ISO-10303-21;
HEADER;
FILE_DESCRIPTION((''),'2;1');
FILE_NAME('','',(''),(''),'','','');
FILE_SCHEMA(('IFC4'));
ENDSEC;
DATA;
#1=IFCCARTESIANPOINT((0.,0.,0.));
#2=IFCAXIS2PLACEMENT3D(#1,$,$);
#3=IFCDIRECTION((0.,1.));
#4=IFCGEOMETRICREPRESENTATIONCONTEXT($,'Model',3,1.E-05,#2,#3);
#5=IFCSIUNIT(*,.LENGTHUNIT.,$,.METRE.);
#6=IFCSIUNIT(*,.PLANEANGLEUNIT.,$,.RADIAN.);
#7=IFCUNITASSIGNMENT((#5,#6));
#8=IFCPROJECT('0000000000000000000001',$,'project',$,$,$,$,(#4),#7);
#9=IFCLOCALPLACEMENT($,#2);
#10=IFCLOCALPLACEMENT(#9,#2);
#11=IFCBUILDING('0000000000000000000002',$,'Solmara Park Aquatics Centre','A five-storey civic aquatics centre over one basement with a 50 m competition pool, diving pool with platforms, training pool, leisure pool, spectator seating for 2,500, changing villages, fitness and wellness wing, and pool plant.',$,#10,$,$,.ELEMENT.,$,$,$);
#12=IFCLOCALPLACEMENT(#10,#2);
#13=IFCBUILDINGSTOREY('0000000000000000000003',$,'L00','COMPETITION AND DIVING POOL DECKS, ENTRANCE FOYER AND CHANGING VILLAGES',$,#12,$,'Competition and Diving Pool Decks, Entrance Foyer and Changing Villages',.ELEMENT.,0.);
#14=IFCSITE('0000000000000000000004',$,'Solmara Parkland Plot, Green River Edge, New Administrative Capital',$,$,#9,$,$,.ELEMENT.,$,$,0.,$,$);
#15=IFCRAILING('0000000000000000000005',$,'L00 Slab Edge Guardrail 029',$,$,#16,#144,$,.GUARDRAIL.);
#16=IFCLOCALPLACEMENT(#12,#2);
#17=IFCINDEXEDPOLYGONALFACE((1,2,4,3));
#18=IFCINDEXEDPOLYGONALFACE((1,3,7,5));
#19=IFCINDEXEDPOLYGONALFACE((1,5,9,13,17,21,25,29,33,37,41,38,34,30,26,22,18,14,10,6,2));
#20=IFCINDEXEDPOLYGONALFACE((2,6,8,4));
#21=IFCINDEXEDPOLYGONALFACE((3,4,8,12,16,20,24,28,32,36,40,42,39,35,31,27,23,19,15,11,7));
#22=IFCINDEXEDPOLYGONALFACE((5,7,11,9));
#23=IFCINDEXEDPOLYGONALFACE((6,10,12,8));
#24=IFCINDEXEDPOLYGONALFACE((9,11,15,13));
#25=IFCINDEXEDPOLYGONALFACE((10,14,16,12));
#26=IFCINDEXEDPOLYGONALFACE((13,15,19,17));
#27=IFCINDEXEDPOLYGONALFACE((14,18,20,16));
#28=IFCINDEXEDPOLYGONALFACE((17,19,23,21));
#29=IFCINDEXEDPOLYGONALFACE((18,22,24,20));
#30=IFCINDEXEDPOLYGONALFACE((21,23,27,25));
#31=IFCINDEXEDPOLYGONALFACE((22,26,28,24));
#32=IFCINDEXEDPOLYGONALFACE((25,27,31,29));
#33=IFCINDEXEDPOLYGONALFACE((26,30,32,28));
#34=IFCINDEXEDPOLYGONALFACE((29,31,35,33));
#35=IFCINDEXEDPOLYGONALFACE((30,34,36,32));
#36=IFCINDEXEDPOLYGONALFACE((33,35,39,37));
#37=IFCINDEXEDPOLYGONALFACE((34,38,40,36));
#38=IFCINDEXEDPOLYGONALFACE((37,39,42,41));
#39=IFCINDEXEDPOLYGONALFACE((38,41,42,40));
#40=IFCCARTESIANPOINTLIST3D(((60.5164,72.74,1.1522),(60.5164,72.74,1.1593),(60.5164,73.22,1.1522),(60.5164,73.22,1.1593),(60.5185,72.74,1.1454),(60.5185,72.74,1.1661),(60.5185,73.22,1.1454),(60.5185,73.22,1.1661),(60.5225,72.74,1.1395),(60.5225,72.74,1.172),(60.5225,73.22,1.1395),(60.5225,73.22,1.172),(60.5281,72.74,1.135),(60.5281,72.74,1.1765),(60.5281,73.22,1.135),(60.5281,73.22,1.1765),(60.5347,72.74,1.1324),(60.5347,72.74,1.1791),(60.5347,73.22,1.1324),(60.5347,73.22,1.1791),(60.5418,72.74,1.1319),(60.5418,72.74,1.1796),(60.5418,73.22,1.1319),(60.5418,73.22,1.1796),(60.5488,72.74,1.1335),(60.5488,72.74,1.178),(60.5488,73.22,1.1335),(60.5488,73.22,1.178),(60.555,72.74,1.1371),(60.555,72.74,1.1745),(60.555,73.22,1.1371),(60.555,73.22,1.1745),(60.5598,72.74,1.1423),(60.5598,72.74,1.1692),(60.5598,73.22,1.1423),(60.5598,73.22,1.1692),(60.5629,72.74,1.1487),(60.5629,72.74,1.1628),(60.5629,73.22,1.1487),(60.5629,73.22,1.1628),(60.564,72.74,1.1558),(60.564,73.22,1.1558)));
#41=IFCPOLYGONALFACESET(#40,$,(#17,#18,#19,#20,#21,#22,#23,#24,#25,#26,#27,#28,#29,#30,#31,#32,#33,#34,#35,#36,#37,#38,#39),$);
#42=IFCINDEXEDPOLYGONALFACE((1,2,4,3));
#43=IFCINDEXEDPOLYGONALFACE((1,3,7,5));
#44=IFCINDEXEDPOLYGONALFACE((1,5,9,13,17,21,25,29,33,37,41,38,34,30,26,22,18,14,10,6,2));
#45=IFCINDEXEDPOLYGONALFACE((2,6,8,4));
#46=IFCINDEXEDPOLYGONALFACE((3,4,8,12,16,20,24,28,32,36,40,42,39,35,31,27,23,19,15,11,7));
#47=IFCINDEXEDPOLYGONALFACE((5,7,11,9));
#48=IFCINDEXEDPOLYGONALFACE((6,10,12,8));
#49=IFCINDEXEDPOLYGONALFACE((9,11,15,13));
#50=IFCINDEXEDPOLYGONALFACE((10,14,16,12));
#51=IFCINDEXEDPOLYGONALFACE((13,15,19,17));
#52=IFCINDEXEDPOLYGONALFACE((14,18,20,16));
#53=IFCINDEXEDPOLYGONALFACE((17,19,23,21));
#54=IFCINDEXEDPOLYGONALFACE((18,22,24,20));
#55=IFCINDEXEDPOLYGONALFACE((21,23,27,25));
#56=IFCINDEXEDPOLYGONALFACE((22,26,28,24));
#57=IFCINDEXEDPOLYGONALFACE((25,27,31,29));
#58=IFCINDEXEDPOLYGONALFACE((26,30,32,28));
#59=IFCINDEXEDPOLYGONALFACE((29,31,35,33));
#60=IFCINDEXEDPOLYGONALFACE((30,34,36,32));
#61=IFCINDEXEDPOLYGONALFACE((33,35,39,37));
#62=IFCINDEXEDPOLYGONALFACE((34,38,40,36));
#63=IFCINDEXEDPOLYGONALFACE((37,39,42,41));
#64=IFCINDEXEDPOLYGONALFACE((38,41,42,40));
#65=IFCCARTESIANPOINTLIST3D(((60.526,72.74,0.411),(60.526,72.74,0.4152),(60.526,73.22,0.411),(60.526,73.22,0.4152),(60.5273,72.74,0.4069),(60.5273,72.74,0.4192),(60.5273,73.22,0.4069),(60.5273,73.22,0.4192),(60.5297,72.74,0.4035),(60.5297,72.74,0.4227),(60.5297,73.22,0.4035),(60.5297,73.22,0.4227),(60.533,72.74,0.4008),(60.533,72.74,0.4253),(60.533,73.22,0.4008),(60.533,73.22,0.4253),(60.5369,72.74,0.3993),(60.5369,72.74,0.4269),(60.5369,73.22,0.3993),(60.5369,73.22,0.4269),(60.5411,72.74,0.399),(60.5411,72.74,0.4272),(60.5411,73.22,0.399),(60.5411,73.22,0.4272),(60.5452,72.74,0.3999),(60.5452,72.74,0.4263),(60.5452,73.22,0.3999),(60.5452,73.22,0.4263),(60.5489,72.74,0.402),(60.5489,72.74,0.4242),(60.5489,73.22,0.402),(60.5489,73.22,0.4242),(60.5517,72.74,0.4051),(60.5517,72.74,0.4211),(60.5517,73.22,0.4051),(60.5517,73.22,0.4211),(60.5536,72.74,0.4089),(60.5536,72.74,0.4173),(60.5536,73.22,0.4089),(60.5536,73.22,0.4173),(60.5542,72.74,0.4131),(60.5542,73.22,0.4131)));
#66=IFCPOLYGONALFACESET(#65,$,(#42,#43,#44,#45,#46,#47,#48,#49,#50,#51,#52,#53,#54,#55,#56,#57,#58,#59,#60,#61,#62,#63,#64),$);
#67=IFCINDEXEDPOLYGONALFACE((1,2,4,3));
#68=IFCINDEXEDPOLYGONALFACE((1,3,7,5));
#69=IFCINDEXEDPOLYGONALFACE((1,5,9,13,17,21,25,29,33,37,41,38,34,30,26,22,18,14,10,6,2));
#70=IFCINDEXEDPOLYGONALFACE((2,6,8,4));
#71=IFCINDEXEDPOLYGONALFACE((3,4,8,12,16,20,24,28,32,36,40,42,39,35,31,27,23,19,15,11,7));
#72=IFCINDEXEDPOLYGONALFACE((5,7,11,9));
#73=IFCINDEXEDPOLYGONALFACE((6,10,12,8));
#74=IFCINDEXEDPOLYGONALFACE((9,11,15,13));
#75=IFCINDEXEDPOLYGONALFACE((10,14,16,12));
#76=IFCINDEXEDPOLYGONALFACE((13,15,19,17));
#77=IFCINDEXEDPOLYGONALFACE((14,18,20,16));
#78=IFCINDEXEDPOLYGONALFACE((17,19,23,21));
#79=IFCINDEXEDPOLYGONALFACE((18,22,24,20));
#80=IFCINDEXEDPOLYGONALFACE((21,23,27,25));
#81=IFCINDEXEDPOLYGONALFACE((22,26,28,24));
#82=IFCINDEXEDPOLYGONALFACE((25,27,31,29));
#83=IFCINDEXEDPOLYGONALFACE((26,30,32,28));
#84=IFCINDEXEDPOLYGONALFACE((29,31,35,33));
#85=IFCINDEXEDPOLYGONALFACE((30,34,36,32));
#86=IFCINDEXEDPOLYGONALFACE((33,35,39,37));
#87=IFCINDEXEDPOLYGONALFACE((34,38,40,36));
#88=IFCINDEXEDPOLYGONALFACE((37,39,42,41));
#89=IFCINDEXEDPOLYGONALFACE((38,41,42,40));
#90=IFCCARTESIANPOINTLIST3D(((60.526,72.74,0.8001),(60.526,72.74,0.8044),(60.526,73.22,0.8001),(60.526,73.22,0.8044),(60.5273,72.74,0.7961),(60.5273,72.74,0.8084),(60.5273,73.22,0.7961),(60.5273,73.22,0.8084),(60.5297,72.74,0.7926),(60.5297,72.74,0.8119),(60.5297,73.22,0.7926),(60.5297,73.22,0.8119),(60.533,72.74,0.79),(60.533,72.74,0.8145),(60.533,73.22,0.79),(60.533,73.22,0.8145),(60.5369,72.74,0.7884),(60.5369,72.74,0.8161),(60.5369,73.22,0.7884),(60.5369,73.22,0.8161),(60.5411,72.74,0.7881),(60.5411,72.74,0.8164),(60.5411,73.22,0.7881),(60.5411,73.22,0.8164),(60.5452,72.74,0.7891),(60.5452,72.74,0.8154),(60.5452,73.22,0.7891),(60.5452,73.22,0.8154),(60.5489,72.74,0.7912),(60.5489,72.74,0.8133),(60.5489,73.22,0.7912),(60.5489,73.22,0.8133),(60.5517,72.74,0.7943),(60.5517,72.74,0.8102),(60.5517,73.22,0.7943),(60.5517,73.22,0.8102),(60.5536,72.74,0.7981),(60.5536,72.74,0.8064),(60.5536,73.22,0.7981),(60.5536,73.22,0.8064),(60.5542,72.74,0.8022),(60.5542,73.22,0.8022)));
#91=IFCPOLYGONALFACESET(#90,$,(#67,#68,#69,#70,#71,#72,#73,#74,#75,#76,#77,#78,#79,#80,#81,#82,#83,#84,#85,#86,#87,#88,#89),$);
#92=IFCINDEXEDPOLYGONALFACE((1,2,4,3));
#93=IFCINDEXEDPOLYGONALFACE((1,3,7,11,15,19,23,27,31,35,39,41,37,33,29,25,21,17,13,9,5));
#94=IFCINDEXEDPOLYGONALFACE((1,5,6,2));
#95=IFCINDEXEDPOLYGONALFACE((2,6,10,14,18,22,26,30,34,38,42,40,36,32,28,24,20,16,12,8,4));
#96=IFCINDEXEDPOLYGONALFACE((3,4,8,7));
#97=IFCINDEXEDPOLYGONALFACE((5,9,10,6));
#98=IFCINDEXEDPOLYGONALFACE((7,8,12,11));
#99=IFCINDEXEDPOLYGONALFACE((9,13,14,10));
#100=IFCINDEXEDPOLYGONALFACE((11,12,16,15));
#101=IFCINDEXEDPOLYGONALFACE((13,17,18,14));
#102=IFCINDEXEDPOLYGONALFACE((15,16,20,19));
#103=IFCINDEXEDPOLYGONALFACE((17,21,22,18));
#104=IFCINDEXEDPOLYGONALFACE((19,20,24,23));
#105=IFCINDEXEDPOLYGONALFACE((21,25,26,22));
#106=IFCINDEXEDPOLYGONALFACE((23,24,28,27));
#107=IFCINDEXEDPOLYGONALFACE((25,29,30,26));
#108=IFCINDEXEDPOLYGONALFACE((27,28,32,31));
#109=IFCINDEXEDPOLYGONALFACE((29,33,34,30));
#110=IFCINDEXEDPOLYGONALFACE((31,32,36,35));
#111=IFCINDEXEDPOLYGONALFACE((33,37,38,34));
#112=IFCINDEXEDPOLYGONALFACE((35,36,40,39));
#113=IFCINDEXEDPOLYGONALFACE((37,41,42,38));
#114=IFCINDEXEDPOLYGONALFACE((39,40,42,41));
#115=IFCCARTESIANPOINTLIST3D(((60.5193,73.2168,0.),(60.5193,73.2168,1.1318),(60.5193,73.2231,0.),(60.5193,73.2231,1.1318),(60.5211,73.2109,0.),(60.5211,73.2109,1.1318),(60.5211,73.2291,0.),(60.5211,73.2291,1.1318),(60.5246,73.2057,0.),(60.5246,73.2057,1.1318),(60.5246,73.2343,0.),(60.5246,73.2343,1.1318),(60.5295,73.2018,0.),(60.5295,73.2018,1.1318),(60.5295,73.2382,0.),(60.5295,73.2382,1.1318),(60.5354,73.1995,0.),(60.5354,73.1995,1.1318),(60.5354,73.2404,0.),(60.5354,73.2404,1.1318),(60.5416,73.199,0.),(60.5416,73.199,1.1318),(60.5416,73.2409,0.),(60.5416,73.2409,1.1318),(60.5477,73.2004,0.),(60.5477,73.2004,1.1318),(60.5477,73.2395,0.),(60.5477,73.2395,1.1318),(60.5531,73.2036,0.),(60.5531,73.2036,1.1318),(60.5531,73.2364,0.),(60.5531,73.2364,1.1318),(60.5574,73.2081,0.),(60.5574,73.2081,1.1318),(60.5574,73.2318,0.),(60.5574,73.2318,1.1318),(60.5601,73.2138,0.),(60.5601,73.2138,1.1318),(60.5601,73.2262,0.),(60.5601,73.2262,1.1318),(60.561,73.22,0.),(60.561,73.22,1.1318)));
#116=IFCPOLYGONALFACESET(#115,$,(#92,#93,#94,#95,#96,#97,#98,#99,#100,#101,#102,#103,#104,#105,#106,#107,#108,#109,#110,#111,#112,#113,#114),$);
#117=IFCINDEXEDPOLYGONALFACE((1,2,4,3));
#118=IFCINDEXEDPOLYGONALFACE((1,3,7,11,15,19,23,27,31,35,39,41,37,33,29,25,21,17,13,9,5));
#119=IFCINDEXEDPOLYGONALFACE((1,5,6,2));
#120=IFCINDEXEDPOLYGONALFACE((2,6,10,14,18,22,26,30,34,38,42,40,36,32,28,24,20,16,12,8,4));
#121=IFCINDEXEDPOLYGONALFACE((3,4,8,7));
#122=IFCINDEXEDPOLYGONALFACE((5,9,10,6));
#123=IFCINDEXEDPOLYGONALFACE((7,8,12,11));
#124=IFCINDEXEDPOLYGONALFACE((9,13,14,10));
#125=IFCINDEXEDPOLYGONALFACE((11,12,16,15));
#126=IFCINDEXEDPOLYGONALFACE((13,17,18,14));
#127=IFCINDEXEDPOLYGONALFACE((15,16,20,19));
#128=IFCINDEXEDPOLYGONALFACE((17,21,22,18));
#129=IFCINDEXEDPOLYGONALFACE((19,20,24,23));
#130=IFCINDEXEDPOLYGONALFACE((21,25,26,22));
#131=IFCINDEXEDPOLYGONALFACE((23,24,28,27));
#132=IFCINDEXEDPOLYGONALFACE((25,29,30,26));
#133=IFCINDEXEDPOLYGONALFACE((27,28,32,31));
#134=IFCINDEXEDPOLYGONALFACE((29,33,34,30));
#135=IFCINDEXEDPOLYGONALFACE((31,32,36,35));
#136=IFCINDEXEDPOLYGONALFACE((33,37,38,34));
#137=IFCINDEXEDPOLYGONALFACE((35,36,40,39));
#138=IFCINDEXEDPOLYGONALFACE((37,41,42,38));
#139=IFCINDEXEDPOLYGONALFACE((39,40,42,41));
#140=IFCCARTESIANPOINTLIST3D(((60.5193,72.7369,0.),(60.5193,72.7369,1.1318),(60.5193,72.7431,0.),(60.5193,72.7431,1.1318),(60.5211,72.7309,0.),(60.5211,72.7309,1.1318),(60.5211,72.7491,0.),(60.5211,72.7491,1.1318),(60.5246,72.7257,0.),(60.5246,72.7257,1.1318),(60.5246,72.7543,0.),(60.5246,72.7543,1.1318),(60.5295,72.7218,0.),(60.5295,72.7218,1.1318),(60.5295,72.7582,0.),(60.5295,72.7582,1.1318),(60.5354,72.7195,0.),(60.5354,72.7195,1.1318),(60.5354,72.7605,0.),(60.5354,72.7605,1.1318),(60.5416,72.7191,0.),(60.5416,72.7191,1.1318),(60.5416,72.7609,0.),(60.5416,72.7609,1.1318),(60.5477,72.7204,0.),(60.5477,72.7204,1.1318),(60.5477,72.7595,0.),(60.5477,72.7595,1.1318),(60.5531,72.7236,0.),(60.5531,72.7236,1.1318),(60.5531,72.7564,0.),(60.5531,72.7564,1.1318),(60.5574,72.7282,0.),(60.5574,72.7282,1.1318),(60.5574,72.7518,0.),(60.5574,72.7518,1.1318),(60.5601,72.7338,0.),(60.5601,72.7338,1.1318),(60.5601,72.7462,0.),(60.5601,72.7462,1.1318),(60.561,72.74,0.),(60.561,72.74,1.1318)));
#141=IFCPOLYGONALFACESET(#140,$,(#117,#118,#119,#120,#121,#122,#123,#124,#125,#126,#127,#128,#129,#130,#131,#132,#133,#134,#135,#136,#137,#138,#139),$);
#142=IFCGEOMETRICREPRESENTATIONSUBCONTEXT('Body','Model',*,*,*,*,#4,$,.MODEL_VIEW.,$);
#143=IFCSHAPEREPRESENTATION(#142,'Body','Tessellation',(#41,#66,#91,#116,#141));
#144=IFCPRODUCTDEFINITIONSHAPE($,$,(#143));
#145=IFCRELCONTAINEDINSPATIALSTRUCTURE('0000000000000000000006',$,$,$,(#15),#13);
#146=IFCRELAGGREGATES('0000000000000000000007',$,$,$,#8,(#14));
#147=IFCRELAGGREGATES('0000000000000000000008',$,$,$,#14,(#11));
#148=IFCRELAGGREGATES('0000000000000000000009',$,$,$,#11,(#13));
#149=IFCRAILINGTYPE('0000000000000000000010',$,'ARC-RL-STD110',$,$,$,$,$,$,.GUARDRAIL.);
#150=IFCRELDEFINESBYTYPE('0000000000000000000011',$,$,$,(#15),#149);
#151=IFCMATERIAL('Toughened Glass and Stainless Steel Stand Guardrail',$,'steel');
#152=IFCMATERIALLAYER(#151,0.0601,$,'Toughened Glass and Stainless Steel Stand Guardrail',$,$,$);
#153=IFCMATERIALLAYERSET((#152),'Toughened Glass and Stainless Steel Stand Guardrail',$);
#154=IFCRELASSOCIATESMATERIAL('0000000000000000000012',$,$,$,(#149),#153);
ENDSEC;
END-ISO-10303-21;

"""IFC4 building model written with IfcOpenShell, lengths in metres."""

from ifc_helpers import new_model, si_unit, direction, frame, origin, origin_2d, place, context, subcontext, project, spatial, circle, extrude, material, layer, layer_set, type_object, element, save


model = new_model("IFC4")

# Units and contexts
model_context = context("Model", 3, precision=1e-05, world=origin(), true_north=direction((0.0, 1.0)))
body_context = subcontext(model_context, "Body", "Model", "MODEL_VIEW")
ifc_project = project(units=[si_unit("LENGTHUNIT", "METRE"), si_unit("PLANEANGLEUNIT", "RADIAN")], contexts=[model_context])

# Site, building, storey
site_placement = place(None, origin())
site = spatial("IfcSite", under=ifc_project, at=site_placement, Name="Solmara Parkland Plot, Green River Edge, New Administrative Capital", CompositionType="ELEMENT", RefElevation=0.0)
building_placement = place(site_placement, origin())
building = spatial("IfcBuilding", under=site, at=building_placement, Name="Solmara Park Aquatics Centre", Description="A five-storey civic aquatics centre over one basement with a 50 m competition pool, diving pool with platforms, training pool, leisure pool, spectator seating for 2,500, changing villages, fitness and wellness wing, and pool plant.", CompositionType="ELEMENT")
storey_placement = place(building_placement, origin())
storey = spatial("IfcBuildingStorey", under=building, at=storey_placement, Name="L00", Description="COMPETITION AND DIVING POOL DECKS, ENTRANCE FOYER AND CHANGING VILLAGES", LongName="Competition and Diving Pool Decks, Entrance Foyer and Changing Villages", CompositionType="ELEMENT", Elevation=0.0)

# Railing
ifc_material_1 = material(Name="Toughened Glass and Stainless Steel Stand Guardrail", Category="steel")
ifc_layer_1 = layer(ifc_material_1, 0.0601, Name="Toughened Glass and Stainless Steel Stand Guardrail")
ifc_layer_set_1 = layer_set([ifc_layer_1], Name="Toughened Glass and Stainless Steel Stand Guardrail")
railing_type = type_object("IfcRailingType", Name="ARC-RL-STD110", PredefinedType="GUARDRAIL", material=ifc_layer_set_1)
railing_1_placement = place(storey_placement, frame((60.54, 73.22, 0.0)))
element("IfcRailing", 1, at=railing_1_placement, inside=storey, type_object=railing_type, Name="L00 Slab Edge Guardrail 029", PredefinedType="GUARDRAIL", context=body_context, shape_type="SweptSolid", body=[
    extrude(circle(Radius=0.0239, at=origin_2d()), frame((0.0, 0.0, 1.1558), z_axis=(0.0, -1.0, 0.0), x_axis=(1.0, 0.0, 0.0)), (0.0, 0.0, 1.0), 0.48),
    extrude(circle(Radius=0.0142, at=origin_2d()), frame((0.0, 0.0, 0.4131), z_axis=(0.0, -1.0, 0.0), x_axis=(1.0, 0.0, 0.0)), (0.0, 0.0, 1.0), 0.48),
    extrude(circle(Radius=0.0142, at=origin_2d()), frame((0.0, 0.0, 0.8022), z_axis=(0.0, -1.0, 0.0), x_axis=(1.0, 0.0, 0.0)), (0.0, 0.0, 1.0), 0.48),
    extrude(circle(Radius=0.021, at=origin_2d()), origin(), (0.0, 0.0, 1.0), 1.1318),
    extrude(circle(Radius=0.021, at=origin_2d()), frame((0.0, -0.48, 0.0)), (0.0, 0.0, 1.0), 1.1318),
])

save(model, "model.ifc")
